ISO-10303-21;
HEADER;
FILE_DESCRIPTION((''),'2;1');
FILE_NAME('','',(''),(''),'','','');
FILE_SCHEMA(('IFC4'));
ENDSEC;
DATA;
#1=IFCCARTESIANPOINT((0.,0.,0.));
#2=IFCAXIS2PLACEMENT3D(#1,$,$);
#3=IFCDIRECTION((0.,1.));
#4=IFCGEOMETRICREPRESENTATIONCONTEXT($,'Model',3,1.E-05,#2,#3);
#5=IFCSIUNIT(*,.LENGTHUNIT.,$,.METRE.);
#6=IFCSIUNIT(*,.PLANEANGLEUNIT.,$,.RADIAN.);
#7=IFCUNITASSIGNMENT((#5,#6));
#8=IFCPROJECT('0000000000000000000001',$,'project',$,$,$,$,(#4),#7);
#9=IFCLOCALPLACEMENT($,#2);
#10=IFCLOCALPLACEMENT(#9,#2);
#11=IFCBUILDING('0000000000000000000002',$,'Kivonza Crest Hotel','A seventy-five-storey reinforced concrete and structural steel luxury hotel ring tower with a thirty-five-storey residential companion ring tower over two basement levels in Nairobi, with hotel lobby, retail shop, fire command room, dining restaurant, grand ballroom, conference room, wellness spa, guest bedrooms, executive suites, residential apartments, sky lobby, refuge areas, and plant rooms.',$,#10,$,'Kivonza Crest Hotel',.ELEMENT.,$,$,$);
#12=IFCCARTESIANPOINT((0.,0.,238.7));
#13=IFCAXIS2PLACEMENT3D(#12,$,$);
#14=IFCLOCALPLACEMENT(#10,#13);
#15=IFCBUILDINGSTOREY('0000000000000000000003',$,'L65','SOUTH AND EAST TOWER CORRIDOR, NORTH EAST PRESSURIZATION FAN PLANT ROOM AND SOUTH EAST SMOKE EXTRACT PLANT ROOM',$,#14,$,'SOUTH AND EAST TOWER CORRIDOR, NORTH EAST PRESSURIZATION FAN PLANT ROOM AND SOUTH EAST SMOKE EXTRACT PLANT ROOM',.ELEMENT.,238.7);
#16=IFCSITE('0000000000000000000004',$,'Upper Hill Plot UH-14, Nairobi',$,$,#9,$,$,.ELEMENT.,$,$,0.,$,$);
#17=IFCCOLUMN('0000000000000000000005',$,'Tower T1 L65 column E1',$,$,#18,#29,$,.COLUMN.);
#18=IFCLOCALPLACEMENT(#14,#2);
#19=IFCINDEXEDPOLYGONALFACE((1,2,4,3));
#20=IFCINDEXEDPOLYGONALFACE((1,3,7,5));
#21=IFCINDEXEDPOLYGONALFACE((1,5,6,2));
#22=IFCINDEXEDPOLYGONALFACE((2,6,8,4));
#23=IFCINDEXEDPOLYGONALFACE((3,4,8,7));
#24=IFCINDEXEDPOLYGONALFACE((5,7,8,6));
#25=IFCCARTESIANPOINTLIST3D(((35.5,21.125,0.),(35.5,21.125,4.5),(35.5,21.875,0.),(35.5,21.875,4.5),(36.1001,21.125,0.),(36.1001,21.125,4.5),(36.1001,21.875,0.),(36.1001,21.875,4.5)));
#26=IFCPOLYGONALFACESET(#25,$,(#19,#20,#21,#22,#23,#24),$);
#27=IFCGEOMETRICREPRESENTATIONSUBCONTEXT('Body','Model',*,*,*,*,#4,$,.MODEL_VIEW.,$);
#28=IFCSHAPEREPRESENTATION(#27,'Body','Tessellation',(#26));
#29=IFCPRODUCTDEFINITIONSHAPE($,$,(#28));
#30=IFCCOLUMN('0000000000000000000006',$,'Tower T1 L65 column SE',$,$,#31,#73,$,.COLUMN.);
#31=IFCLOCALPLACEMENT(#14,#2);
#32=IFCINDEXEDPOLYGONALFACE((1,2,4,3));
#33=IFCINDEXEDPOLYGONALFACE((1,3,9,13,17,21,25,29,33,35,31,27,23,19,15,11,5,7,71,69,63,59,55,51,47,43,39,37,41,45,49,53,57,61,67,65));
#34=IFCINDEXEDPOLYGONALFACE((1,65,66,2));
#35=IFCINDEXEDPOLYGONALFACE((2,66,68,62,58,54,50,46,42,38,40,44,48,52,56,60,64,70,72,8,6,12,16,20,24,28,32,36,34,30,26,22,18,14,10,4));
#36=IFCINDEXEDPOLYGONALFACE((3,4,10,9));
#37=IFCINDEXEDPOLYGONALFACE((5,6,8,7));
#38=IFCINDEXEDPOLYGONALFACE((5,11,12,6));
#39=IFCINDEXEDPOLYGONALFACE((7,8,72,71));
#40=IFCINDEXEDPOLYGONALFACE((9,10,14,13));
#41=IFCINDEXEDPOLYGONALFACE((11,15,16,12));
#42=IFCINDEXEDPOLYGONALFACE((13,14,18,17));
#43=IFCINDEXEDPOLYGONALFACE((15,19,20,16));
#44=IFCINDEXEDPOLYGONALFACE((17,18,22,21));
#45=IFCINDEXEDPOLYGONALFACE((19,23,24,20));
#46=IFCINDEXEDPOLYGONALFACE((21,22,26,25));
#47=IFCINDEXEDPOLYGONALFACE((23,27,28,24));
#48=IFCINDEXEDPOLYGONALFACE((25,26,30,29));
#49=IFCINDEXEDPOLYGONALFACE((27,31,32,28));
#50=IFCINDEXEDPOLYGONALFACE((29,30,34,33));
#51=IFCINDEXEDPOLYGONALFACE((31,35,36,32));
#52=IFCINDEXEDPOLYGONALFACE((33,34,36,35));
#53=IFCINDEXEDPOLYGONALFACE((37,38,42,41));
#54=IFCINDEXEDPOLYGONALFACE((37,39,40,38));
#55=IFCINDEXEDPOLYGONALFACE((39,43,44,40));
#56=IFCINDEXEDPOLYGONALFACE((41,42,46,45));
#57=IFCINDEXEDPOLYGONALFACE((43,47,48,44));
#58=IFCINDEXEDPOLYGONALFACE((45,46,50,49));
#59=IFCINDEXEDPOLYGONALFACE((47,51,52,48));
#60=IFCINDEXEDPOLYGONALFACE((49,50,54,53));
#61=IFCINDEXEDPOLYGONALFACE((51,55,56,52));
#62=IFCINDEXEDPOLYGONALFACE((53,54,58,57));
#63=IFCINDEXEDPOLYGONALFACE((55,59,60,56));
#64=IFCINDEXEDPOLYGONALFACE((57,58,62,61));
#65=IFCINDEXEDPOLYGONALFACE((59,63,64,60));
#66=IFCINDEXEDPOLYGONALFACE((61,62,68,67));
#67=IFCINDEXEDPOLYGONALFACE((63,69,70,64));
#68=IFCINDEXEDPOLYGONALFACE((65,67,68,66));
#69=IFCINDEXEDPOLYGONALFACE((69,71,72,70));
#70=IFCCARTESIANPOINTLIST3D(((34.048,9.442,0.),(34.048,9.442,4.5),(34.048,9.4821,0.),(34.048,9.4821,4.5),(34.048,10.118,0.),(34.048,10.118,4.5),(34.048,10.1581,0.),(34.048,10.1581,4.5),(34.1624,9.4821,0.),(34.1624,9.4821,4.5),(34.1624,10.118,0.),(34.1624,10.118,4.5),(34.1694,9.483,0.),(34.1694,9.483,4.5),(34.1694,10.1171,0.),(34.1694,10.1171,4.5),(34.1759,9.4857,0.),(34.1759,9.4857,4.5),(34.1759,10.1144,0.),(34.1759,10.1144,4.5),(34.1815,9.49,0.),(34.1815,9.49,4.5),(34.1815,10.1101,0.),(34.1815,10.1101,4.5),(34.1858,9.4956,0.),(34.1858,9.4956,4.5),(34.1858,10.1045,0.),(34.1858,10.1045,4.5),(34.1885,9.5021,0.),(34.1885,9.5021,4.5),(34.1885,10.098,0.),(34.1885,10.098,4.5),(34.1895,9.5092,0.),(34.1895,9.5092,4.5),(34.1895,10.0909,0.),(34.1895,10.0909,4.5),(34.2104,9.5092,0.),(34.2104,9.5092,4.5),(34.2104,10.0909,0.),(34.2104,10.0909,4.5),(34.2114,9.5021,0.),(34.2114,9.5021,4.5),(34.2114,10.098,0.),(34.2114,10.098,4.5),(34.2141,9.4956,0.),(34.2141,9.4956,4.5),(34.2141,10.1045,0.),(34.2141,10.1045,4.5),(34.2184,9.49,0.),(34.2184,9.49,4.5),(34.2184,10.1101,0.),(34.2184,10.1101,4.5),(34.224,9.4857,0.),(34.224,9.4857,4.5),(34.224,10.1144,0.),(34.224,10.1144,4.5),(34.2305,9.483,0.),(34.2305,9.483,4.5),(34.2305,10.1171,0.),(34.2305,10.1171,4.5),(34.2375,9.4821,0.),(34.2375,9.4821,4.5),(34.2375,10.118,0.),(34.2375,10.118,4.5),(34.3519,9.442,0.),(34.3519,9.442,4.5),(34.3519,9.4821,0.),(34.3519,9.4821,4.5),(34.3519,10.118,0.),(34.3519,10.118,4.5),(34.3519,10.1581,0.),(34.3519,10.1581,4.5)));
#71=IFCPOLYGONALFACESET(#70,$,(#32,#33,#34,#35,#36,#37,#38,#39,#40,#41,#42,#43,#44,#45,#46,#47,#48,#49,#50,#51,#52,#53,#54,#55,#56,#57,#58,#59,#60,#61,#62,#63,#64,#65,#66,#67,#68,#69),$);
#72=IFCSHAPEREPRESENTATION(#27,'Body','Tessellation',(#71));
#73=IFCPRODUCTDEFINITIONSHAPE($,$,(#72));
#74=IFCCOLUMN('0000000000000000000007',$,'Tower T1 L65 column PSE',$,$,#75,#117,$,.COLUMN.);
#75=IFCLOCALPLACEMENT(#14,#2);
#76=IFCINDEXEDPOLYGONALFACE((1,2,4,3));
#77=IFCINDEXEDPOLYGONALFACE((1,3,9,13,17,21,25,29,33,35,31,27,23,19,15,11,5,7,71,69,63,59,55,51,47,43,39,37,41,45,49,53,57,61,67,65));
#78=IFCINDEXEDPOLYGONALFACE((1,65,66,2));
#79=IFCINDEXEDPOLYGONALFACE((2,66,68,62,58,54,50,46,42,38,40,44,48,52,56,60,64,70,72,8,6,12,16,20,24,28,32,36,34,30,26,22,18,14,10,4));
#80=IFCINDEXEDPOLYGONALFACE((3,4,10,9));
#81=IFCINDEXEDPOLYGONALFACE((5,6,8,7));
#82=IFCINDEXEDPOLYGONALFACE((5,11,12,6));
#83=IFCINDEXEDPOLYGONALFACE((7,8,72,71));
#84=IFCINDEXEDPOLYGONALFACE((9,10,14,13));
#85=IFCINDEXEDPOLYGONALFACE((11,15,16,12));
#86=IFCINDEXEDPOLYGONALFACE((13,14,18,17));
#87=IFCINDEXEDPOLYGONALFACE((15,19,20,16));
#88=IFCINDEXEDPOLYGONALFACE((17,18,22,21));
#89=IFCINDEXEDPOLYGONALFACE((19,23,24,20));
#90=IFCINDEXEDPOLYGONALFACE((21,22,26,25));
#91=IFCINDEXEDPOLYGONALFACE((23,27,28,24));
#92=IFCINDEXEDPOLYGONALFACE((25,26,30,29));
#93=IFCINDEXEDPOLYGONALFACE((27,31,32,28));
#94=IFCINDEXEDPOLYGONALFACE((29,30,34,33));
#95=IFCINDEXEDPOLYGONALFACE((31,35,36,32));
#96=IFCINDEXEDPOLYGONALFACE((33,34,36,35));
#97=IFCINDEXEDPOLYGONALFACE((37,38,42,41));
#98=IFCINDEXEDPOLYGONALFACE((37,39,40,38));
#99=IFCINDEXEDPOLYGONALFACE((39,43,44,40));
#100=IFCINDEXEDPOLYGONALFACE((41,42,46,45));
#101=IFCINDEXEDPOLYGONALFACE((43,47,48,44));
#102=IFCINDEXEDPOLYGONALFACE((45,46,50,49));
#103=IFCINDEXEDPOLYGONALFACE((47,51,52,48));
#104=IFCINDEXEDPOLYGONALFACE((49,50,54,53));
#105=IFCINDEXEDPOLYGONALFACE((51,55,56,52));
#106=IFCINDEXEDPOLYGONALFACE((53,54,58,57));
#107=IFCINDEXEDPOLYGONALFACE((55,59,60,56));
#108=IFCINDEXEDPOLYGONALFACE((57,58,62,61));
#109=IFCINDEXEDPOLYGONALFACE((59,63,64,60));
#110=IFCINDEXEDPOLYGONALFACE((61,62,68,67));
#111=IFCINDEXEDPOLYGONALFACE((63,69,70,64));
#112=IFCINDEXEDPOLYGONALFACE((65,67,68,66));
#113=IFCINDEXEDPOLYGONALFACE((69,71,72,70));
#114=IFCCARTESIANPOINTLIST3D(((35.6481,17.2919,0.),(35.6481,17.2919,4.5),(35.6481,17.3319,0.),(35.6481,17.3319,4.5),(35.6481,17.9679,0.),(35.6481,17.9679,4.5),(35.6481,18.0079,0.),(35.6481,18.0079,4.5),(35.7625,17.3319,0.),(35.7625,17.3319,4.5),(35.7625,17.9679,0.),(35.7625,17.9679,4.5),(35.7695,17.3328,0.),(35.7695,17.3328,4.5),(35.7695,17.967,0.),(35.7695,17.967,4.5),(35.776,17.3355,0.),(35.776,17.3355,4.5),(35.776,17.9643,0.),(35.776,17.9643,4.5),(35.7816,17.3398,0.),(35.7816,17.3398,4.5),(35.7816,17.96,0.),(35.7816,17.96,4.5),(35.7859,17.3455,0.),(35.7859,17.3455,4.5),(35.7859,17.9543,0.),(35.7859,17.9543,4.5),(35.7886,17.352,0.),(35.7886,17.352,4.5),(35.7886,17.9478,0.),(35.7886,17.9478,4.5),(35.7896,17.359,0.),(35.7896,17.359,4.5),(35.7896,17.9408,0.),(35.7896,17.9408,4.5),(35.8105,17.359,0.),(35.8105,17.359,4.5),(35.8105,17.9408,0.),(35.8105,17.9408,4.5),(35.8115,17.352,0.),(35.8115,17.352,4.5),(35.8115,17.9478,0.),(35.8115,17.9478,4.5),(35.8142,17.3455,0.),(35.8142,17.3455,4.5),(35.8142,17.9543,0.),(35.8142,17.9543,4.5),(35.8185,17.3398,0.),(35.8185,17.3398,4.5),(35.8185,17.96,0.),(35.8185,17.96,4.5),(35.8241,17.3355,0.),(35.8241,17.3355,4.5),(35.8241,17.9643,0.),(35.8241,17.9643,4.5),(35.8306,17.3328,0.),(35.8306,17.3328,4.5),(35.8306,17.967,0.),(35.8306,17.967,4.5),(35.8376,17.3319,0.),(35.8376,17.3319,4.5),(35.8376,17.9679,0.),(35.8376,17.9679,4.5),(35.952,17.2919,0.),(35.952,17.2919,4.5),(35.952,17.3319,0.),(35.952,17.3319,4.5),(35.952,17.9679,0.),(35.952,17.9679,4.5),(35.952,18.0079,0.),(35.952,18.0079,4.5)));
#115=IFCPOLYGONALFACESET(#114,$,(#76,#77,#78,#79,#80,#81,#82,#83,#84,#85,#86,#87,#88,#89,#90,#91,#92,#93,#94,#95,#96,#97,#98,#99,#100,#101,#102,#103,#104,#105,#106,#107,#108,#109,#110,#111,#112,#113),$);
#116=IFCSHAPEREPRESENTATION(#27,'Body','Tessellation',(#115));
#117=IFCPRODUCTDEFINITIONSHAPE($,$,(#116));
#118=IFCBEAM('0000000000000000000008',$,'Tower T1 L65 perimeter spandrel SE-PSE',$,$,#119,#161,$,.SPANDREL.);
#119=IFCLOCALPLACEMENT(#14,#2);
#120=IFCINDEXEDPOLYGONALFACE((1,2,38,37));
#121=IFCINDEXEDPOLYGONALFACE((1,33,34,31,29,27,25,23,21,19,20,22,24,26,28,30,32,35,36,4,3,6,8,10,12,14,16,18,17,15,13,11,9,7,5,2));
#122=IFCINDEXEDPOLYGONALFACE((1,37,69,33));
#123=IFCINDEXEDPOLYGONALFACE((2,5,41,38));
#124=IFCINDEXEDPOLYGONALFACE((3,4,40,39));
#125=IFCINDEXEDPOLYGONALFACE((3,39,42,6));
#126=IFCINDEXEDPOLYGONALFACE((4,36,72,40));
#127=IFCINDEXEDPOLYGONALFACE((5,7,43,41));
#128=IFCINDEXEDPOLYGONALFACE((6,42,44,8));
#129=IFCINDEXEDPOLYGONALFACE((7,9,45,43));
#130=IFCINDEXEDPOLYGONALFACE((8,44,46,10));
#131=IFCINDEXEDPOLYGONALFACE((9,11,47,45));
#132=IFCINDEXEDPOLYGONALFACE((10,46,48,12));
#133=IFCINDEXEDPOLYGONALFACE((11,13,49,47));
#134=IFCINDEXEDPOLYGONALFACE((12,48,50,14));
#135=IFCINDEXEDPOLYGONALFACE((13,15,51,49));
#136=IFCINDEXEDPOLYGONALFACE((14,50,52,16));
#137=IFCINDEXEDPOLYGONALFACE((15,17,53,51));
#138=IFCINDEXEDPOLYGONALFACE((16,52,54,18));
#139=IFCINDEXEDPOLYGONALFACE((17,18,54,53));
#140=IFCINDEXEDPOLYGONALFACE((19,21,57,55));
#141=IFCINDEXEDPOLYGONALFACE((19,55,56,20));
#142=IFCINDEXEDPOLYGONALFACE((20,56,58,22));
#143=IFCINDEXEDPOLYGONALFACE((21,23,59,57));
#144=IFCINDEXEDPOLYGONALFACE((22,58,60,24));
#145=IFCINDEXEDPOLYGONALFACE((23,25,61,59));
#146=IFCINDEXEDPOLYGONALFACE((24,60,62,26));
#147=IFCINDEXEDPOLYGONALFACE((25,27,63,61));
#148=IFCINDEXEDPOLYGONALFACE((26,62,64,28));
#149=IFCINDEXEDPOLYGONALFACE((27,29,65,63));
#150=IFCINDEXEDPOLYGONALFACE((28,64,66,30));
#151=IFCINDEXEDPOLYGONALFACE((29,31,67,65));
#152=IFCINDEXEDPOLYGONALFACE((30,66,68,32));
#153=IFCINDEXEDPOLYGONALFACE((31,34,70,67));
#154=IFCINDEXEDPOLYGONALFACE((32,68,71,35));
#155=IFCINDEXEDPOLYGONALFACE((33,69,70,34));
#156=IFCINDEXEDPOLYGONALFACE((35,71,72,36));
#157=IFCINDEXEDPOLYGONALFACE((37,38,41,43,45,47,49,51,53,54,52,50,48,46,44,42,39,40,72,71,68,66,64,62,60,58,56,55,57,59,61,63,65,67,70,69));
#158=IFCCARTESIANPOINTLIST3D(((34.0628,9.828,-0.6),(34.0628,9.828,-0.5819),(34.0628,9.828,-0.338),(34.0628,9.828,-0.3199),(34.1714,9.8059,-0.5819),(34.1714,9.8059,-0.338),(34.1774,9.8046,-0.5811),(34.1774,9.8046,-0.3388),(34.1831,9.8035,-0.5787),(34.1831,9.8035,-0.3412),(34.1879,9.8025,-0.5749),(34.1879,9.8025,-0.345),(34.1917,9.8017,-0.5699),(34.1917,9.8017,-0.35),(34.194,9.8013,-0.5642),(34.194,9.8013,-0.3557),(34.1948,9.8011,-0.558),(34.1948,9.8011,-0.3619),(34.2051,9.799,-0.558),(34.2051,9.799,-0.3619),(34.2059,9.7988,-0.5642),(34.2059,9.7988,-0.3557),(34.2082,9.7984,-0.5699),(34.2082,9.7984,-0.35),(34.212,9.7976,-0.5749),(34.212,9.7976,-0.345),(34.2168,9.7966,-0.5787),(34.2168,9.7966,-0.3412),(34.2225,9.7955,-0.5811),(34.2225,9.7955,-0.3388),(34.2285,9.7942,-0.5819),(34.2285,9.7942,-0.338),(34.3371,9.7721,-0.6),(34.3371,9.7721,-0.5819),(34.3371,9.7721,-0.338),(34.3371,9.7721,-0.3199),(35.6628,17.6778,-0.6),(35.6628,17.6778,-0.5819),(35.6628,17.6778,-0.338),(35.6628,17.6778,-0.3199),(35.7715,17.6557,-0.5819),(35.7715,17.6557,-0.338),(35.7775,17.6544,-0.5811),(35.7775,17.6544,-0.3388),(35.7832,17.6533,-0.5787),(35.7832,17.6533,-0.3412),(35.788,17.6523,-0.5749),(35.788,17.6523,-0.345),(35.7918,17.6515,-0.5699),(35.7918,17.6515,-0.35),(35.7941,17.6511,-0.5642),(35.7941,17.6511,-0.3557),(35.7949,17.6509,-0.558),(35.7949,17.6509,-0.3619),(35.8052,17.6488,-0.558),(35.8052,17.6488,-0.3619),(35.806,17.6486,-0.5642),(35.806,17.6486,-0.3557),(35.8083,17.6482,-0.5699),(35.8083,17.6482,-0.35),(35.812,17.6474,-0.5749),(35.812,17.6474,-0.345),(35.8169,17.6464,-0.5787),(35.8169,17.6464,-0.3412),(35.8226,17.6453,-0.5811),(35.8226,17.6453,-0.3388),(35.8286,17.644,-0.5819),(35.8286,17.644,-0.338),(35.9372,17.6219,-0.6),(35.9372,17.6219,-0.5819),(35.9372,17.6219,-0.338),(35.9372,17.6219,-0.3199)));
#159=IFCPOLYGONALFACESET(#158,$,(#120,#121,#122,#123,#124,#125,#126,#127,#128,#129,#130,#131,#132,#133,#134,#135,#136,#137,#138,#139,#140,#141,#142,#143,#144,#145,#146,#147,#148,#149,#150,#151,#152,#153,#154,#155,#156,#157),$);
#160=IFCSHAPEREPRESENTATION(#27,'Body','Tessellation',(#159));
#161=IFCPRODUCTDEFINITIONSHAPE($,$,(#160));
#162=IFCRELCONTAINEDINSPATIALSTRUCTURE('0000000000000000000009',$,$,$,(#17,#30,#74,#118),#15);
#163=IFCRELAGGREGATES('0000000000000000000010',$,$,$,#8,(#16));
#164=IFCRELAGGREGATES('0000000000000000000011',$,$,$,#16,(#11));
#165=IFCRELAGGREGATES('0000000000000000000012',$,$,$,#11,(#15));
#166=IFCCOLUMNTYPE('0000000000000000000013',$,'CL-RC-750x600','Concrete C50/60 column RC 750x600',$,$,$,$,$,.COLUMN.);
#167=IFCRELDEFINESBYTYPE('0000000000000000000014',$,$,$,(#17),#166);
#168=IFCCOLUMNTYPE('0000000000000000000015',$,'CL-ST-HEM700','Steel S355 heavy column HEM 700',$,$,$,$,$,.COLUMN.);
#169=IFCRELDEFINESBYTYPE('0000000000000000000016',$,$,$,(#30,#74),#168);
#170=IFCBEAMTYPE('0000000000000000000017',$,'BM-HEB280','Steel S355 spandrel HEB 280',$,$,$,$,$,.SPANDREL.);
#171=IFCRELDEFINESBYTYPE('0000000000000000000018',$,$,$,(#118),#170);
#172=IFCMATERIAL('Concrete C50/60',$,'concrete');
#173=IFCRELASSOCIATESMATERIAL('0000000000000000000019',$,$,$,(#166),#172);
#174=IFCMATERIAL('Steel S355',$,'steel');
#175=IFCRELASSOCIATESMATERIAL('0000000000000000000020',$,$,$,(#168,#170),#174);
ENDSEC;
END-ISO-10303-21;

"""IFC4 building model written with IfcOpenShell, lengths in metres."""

from ifc_helpers import new_model, si_unit, direction, frame, origin, origin_2d, place, context, subcontext, project, spatial, rectangle, i_section, extrude, material, material_profile, profile_set, type_object, element, save


model = new_model("IFC4")

# Units and contexts
model_context = context("Model", 3, precision=1e-05, world=origin(), true_north=direction((0.0, 1.0)))
body_context = subcontext(model_context, "Body", "Model", "MODEL_VIEW")
ifc_project = project(units=[si_unit("LENGTHUNIT", "METRE"), si_unit("PLANEANGLEUNIT", "RADIAN")], contexts=[model_context])

# Site, building, storey
site_placement = place(None, origin())
site = spatial("IfcSite", under=ifc_project, at=site_placement, Name="Upper Hill Plot UH-14, Nairobi", CompositionType="ELEMENT", RefElevation=0.0)
building_placement = place(site_placement, origin())
building = spatial("IfcBuilding", under=site, at=building_placement, Name="Kivonza Crest Hotel", Description="A seventy-five-storey reinforced concrete and structural steel luxury hotel ring tower with a thirty-five-storey residential companion ring tower over two basement levels in Nairobi, with hotel lobby, retail shop, fire command room, dining restaurant, grand ballroom, conference room, wellness spa, guest bedrooms, executive suites, residential apartments, sky lobby, refuge areas, and plant rooms.", LongName="Kivonza Crest Hotel", CompositionType="ELEMENT")
storey_placement = place(building_placement, frame((0.0, 0.0, 238.7)))
storey = spatial("IfcBuildingStorey", under=building, at=storey_placement, Name="L65", Description="SOUTH AND EAST TOWER CORRIDOR, NORTH EAST PRESSURIZATION FAN PLANT ROOM AND SOUTH EAST SMOKE EXTRACT PLANT ROOM", LongName="SOUTH AND EAST TOWER CORRIDOR, NORTH EAST PRESSURIZATION FAN PLANT ROOM AND SOUTH EAST SMOKE EXTRACT PLANT ROOM", CompositionType="ELEMENT", Elevation=238.7)

# Columns
ifc_material_1 = material(Name="Concrete C50/60", Category="concrete")
ifc_material_profile_1 = material_profile(ifc_material_1, rectangle(XDim=0.6001, YDim=0.75, at=origin_2d()), Name="RC 750x600")
ifc_profile_set_1 = profile_set([ifc_material_profile_1], Name="Concrete C50/60")
column_type_1 = type_object("IfcColumnType", Name="CL-RC-750x600", Description="Concrete C50/60 column RC 750x600", PredefinedType="COLUMN", material=ifc_profile_set_1)
column_placement = place(storey_placement, frame((35.8, 21.5, 0.0), z_axis=(0.0, 0.0, 1.0), x_axis=(1.0, 0.0, 0.0)))
element("IfcColumn", 1, at=column_placement, inside=storey, type_object=column_type_1, Name="Tower T1 L65 column E1", PredefinedType="COLUMN", context=body_context, shape_type="SweptSolid", body=[
    extrude(rectangle(XDim=0.6001, YDim=0.75, at=origin_2d()), origin(), (0.0, 0.0, 1.0), 4.5),
])
ifc_material_2 = material(Name="Steel S355", Category="steel")
ifc_material_profile_2 = material_profile(ifc_material_2, i_section(OverallWidth=0.304, OverallDepth=0.7161, WebThickness=0.021, FlangeThickness=0.04, FilletRadius=0.0271, at=origin_2d()), Name="HEM 700")
ifc_profile_set_2 = profile_set([ifc_material_profile_2], Name="Steel S355")
column_type_2 = type_object("IfcColumnType", Name="CL-ST-HEM700", Description="Steel S355 heavy column HEM 700", PredefinedType="COLUMN", material=ifc_profile_set_2)
for number, where, z_axis, x_axis, name in (
    (2, (34.2, 9.8, 0.0), (0.0, 0.0, 1.0), (1.0, 0.0, 0.0), "Tower T1 L65 column SE"),
    (3, (35.8, 17.6499, 0.0), (0.0, 0.0, 1.0), (1.0, 0.0, 0.0), "Tower T1 L65 column PSE"),
):
    element("IfcColumn", number, at=place(storey_placement, frame(where, z_axis=z_axis, x_axis=x_axis)), inside=storey, type_object=column_type_2, Name=name, PredefinedType="COLUMN", context=body_context, shape_type="SweptSolid", body=[
        extrude(i_section(OverallWidth=0.304, OverallDepth=0.7161, WebThickness=0.021, FlangeThickness=0.04, FilletRadius=0.0271, at=origin_2d()), origin(), (0.0, 0.0, 1.0), 4.5),
    ])

# Beam
ifc_material_profile_3 = material_profile(ifc_material_2, i_section(OverallWidth=0.28, OverallDepth=0.28, WebThickness=0.0105, FlangeThickness=0.0181, FilletRadius=0.0239, at=origin_2d()), Name="HEB 280")
ifc_profile_set_3 = profile_set([ifc_material_profile_3], Name="Steel S355")
beam_type_1 = type_object("IfcBeamType", Name="BM-HEB280", Description="Steel S355 spandrel HEB 280", PredefinedType="SPANDREL", material=ifc_profile_set_3)
beam_1_placement = place(storey_placement, frame((34.2, 9.8, -0.46), z_axis=(0.199731, 0.979851, 0.0), x_axis=(-0.979851, 0.199731, 0.0)))
element("IfcBeam", 4, at=beam_1_placement, inside=storey, type_object=beam_type_1, Name="Tower T1 L65 perimeter spandrel SE-PSE", PredefinedType="SPANDREL", context=body_context, shape_type="SweptSolid", body=[
    extrude(i_section(OverallWidth=0.28, OverallDepth=0.28, WebThickness=0.0105, FlangeThickness=0.0181, FilletRadius=0.0239, at=origin_2d()), origin(), (0.0, 0.0, 1.0), 8.0112),
])

save(model, "model.ifc")
